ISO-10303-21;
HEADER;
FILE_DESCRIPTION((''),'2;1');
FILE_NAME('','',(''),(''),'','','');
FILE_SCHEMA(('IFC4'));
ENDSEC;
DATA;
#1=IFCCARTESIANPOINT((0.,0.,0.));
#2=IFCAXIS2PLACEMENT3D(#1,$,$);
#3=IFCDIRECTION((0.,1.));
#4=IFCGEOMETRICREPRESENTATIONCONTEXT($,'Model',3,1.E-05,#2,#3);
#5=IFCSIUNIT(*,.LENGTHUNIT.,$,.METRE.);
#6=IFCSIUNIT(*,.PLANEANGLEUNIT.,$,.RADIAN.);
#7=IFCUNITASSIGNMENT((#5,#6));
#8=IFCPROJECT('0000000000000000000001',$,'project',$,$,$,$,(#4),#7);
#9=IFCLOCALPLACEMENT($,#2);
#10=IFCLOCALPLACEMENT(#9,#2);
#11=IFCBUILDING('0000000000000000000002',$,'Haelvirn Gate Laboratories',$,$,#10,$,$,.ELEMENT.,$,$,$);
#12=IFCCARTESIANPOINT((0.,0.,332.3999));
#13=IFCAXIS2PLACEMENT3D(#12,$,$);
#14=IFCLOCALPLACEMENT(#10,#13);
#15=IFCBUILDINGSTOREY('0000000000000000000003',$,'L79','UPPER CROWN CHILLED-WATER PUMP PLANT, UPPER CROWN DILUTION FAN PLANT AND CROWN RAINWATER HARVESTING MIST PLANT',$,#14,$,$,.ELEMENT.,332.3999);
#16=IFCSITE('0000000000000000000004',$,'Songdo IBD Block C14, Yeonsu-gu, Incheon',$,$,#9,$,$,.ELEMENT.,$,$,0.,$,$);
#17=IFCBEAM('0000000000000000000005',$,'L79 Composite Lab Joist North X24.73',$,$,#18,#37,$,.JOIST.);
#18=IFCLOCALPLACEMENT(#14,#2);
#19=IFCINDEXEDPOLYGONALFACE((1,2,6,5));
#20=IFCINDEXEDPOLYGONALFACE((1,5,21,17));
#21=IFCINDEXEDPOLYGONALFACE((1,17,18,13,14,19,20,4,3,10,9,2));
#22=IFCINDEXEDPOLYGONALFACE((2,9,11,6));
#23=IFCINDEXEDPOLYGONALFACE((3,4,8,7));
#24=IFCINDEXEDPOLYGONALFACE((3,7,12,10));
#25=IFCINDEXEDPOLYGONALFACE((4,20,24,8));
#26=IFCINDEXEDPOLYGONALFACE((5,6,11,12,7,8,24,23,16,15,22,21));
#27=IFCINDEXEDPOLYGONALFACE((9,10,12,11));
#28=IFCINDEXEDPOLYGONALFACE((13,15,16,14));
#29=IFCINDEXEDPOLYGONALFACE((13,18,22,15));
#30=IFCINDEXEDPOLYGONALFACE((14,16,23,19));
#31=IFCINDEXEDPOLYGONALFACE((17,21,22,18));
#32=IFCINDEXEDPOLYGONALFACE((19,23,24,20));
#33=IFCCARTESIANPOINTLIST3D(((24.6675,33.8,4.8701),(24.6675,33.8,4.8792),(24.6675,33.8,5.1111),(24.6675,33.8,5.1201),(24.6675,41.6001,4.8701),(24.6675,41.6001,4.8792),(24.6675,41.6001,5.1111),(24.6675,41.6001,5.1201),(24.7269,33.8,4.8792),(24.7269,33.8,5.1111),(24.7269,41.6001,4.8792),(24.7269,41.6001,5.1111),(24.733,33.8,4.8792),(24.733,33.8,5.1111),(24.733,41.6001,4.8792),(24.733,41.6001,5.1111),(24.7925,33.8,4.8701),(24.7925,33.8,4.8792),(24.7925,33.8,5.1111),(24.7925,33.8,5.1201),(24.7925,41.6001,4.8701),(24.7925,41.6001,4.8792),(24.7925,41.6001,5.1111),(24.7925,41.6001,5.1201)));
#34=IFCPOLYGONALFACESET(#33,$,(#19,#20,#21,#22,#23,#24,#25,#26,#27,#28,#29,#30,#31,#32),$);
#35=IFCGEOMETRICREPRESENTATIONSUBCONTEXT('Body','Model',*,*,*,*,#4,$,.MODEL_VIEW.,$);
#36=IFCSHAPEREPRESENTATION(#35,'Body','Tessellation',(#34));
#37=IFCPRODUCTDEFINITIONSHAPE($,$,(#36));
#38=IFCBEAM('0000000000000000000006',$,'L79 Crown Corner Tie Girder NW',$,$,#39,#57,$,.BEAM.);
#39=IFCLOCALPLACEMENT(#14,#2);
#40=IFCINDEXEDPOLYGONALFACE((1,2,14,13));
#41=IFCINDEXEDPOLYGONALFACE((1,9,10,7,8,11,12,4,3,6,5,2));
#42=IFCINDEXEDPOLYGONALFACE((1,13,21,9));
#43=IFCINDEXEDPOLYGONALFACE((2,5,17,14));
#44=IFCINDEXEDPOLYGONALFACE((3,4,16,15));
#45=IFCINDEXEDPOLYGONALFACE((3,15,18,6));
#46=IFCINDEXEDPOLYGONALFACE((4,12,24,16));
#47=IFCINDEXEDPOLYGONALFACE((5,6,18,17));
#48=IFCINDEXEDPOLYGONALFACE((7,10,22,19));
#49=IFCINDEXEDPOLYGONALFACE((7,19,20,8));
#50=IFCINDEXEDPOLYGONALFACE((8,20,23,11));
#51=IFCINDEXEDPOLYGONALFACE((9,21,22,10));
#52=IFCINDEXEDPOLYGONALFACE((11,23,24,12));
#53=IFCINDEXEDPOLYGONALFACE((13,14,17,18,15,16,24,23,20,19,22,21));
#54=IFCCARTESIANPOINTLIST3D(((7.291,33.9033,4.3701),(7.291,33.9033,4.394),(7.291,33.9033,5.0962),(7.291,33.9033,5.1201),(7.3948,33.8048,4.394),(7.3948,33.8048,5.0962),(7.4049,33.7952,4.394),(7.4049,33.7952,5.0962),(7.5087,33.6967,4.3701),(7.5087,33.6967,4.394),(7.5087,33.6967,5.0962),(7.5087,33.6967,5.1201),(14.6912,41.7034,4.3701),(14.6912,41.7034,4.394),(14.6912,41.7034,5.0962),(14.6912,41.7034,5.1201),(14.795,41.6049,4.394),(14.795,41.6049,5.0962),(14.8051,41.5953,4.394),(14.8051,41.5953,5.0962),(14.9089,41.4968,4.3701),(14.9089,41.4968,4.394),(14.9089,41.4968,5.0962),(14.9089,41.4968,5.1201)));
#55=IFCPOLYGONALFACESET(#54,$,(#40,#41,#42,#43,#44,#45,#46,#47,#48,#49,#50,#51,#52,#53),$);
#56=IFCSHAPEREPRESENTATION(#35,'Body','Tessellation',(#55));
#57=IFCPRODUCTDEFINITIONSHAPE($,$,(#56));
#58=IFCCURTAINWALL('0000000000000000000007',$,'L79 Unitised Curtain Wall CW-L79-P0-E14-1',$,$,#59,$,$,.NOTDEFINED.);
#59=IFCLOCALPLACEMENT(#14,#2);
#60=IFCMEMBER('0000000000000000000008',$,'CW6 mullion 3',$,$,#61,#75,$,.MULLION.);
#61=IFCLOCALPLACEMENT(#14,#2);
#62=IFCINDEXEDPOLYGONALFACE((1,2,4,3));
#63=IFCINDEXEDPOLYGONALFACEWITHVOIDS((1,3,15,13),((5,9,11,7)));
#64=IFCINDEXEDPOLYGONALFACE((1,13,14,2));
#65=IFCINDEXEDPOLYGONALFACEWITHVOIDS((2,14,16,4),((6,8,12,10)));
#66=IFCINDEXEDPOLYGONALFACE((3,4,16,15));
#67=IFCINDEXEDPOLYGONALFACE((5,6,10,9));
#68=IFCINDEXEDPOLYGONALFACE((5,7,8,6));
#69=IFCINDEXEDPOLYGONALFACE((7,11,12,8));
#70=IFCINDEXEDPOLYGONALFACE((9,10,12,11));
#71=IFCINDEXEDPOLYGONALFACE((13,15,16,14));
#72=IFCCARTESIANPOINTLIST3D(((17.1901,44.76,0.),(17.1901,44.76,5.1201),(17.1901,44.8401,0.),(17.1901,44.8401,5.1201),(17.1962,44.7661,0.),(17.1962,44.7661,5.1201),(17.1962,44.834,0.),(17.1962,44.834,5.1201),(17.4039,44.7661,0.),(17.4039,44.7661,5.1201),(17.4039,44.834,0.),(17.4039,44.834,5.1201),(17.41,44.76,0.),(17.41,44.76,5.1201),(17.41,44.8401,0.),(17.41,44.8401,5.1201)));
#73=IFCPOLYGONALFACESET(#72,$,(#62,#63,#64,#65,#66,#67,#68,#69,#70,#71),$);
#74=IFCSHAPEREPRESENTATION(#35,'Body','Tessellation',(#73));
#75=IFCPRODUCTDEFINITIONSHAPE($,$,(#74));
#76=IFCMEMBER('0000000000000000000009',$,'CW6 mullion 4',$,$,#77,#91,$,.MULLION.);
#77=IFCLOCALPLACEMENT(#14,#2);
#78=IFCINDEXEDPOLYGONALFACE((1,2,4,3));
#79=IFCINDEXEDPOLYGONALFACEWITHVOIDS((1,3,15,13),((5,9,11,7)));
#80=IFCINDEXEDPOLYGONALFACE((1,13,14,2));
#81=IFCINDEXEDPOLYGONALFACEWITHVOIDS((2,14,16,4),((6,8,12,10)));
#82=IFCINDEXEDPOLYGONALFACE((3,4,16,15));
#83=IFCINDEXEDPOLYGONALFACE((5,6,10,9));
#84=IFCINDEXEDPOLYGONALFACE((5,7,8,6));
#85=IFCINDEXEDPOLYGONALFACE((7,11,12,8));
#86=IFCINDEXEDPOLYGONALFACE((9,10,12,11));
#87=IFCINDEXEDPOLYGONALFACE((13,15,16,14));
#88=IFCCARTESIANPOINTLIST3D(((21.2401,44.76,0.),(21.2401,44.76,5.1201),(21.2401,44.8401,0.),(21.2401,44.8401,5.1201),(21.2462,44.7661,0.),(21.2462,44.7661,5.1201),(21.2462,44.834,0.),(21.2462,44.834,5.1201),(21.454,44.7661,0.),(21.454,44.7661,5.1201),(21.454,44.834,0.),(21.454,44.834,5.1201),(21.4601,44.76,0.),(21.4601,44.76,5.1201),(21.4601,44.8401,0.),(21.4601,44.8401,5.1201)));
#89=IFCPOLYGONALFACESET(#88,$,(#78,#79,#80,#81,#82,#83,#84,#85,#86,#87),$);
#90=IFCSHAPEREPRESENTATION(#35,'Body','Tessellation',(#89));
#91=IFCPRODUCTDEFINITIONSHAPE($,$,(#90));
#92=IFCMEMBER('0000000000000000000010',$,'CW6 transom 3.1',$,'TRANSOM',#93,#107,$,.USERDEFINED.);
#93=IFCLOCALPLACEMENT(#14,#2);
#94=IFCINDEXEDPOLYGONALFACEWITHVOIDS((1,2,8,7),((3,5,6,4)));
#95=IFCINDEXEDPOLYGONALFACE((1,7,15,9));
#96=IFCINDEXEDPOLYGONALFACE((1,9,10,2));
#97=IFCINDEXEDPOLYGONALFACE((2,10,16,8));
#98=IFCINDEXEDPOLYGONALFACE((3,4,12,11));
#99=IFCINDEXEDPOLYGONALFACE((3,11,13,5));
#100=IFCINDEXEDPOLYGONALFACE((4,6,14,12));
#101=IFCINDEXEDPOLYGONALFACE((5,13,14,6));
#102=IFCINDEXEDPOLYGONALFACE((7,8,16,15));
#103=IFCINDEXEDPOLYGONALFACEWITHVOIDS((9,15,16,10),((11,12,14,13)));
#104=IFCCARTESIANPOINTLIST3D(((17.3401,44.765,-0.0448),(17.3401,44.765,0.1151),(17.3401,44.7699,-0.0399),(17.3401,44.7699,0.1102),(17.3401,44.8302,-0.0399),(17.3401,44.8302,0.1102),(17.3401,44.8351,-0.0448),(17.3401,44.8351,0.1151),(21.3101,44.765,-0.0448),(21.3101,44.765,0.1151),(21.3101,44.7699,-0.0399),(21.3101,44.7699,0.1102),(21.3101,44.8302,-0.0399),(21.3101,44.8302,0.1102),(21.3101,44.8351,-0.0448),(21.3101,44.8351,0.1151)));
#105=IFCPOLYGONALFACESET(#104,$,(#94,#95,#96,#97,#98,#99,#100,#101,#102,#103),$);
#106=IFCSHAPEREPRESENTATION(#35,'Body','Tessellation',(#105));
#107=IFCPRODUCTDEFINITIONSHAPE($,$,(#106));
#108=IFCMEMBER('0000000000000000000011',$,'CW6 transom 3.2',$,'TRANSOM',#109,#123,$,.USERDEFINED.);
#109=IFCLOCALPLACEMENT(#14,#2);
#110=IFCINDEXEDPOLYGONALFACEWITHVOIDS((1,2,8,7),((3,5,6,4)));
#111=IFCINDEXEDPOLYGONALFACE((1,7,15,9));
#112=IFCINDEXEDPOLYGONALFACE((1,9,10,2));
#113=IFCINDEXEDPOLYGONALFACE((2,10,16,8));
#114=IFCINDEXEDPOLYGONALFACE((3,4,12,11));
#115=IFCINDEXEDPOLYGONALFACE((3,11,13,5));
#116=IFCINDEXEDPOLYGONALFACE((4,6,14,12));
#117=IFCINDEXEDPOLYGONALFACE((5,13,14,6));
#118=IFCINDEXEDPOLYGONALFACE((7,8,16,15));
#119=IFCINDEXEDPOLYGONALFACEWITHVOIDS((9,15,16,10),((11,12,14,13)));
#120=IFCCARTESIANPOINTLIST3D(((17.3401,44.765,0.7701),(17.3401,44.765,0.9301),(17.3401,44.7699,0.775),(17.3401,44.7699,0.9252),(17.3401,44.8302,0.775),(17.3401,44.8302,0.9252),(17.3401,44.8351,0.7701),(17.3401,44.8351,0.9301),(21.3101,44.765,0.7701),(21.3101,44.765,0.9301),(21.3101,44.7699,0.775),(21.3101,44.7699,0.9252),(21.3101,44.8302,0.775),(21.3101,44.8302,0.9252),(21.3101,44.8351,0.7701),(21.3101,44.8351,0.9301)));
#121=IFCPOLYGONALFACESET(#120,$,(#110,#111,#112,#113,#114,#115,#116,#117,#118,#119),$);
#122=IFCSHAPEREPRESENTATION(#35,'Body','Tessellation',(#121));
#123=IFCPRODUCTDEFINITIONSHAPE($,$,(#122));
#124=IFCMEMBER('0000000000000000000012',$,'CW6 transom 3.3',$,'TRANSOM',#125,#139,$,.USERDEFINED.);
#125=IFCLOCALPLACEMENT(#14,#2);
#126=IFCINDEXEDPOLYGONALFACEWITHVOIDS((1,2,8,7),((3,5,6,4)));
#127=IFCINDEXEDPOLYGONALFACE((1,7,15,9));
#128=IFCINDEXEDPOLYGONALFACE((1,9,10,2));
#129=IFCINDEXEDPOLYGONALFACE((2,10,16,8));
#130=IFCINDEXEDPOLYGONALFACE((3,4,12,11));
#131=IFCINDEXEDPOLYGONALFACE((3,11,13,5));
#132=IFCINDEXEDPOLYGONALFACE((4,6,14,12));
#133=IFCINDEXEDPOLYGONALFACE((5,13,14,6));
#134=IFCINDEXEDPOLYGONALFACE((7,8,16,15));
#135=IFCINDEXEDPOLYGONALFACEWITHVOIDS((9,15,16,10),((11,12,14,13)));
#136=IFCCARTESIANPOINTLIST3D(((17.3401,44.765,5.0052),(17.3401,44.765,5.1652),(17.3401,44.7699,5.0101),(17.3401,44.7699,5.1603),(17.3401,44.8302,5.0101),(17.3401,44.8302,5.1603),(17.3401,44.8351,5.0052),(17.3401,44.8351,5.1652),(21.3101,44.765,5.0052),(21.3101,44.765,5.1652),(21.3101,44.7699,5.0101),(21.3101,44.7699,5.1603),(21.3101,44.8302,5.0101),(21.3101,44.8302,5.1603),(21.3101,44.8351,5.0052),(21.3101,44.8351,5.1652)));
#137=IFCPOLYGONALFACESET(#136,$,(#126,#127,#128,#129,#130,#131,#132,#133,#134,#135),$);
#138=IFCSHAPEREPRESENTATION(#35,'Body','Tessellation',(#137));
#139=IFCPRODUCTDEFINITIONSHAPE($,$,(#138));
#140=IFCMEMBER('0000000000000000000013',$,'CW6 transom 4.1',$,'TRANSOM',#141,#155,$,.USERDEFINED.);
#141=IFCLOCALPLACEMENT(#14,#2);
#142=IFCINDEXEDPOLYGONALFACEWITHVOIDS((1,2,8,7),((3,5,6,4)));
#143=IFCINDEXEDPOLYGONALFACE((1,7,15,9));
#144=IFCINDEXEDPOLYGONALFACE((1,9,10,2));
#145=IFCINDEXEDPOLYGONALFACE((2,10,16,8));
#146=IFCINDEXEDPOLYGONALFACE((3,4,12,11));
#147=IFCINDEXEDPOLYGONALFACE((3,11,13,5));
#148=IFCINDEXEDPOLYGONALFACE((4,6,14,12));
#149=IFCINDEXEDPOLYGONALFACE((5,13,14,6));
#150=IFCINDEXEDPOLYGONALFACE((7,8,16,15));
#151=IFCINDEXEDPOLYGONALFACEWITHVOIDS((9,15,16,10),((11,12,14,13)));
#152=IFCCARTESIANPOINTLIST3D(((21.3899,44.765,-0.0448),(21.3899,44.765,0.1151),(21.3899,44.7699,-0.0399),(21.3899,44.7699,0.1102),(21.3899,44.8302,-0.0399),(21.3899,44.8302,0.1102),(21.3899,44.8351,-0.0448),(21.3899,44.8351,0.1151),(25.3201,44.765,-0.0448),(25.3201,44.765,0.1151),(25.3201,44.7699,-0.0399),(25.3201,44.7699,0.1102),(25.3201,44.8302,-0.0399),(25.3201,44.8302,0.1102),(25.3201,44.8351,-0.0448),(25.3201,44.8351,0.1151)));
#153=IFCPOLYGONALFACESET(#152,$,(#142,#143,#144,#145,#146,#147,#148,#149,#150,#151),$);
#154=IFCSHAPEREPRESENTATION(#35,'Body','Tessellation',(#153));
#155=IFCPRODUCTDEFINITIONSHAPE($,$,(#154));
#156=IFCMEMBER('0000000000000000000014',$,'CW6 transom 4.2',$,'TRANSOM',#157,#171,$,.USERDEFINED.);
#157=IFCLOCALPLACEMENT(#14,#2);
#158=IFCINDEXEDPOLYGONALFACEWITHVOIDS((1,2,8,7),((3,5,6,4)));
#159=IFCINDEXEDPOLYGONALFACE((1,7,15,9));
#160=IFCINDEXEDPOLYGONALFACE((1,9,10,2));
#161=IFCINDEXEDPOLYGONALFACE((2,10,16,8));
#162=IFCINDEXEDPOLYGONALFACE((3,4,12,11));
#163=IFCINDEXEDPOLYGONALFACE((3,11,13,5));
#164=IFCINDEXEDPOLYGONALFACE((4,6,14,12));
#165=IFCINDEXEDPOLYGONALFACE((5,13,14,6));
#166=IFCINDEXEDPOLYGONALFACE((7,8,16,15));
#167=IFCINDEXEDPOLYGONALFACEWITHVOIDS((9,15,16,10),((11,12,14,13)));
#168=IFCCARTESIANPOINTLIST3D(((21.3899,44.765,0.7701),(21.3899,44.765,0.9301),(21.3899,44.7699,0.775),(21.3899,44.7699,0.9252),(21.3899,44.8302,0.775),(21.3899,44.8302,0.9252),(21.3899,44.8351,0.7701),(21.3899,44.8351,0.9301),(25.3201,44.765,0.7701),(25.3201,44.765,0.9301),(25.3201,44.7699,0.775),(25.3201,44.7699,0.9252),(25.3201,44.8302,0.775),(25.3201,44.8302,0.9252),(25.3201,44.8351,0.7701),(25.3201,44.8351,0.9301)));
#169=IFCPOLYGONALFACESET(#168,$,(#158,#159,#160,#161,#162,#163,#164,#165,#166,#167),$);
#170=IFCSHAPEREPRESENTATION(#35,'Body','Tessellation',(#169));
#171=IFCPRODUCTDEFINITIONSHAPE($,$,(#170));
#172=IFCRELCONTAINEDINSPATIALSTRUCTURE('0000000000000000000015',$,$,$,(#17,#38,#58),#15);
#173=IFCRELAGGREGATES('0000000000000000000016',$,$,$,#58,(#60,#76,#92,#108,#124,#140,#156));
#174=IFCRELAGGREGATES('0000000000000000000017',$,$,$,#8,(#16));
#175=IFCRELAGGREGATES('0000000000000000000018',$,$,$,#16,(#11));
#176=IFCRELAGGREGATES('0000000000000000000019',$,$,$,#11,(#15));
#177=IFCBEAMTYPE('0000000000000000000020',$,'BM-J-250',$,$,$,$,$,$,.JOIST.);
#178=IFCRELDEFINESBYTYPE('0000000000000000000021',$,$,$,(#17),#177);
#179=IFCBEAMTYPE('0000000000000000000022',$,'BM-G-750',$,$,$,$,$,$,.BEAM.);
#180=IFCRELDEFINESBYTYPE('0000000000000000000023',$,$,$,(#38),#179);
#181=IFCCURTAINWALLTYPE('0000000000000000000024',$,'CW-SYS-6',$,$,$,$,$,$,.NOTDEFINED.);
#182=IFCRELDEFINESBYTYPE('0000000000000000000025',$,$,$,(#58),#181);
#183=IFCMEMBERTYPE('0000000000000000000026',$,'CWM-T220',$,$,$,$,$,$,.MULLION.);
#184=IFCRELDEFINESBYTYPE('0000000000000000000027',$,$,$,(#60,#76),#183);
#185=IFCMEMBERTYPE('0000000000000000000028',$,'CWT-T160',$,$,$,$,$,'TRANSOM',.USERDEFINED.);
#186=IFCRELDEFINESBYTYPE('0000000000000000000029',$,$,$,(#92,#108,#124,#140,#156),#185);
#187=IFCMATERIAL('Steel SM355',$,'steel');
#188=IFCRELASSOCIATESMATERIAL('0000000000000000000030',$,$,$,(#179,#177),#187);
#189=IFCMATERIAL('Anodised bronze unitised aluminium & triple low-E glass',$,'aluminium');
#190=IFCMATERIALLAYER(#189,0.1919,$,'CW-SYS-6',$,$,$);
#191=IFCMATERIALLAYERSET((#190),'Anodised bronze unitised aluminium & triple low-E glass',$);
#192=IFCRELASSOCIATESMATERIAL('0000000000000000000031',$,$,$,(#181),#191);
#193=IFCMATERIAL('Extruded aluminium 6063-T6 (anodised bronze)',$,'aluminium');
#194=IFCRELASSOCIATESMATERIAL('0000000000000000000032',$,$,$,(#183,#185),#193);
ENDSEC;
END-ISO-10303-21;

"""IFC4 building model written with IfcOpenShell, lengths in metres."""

from ifc_helpers import new_model, si_unit, direction, frame, origin, origin_2d, place, context, subcontext, project, spatial, hollow_rectangle, i_section, extrude, source, transform, mapped, material, layer, layer_set, material_profile, profile_set, type_object, type_shapes, element, aggregate, save


model = new_model("IFC4")

# Units and contexts
model_context = context("Model", 3, precision=1e-05, world=origin(), true_north=direction((0.0, 1.0)))
body_context = subcontext(model_context, "Body", "Model", "MODEL_VIEW")
ifc_project = project(units=[si_unit("LENGTHUNIT", "METRE"), si_unit("PLANEANGLEUNIT", "RADIAN")], contexts=[model_context])

# Site, building, storey
site_placement = place(None, origin())
site = spatial("IfcSite", under=ifc_project, at=site_placement, Name="Songdo IBD Block C14, Yeonsu-gu, Incheon", CompositionType="ELEMENT", RefElevation=0.0)
building_placement = place(site_placement, origin())
building = spatial("IfcBuilding", under=site, at=building_placement, Name="Haelvirn Gate Laboratories", CompositionType="ELEMENT")
storey_placement = place(building_placement, frame((0.0, 0.0, 332.3999)))
storey = spatial("IfcBuildingStorey", under=building, at=storey_placement, Name="L79", Description="UPPER CROWN CHILLED-WATER PUMP PLANT, UPPER CROWN DILUTION FAN PLANT AND CROWN RAINWATER HARVESTING MIST PLANT", CompositionType="ELEMENT", Elevation=332.3999)

# Beams
ifc_material_1 = material(Name="Steel SM355", Category="steel")
ifc_material_profile_1 = material_profile(ifc_material_1, i_section(OverallWidth=0.3, OverallDepth=0.75, WebThickness=0.0139, FlangeThickness=0.0239, at=origin_2d()), Name="H-750x300x14x24")
ifc_profile_set_1 = profile_set([ifc_material_profile_1], Name="Steel SM355")
beam_type_1 = type_object("IfcBeamType", Name="BM-G-750", PredefinedType="BEAM", material=ifc_profile_set_1)
ifc_material_profile_2 = material_profile(ifc_material_1, i_section(OverallWidth=0.125, OverallDepth=0.25, WebThickness=0.0061, FlangeThickness=0.009, at=origin_2d()), Name="H-250x125x6x9")
ifc_profile_set_2 = profile_set([ifc_material_profile_2], Name="Steel SM355")
beam_type_2 = type_object("IfcBeamType", Name="BM-J-250", PredefinedType="JOIST", material=ifc_profile_set_2)
shared_shape_1 = source(origin(), body_context, "Body", "SweptSolid", [
    extrude(i_section(OverallWidth=0.125, OverallDepth=0.25, WebThickness=0.0061, FlangeThickness=0.009, at=origin_2d()), origin(), (0.0, 0.0, 1.0), 7.8),
])
type_shapes(beam_type_2, [shared_shape_1])
for number, where, z_axis, x_axis, name in (
    (1, (24.73, 33.8, 4.9951), (0.0, 1.0, 0.0), (-1.0, 0.0, 0.0), "L79 Composite Lab Joist North X24.73"),
):
    element("IfcBeam", number, at=place(storey_placement, frame(where, z_axis=z_axis, x_axis=x_axis)), inside=storey, type_object=beam_type_2, Name=name, PredefinedType="JOIST", context=body_context, shape_type="MappedRepresentation", body=[
        mapped(shared_shape_1, transform((0.0, 0.0, 0.0), scale=1.0)),
    ])
shared_shape_2 = source(origin(), body_context, "Body", "SweptSolid", [
    extrude(i_section(OverallWidth=0.3, OverallDepth=0.75, WebThickness=0.0139, FlangeThickness=0.0239, at=origin_2d()), origin(), (0.0, 0.0, 1.0), 10.752),
])
beam_1_placement = place(storey_placement, frame((14.8, 41.6001, 4.7451), z_axis=(-0.688265, -0.725459, 0.0), x_axis=(0.725459, -0.688265, 0.0)))
element("IfcBeam", 2, at=beam_1_placement, inside=storey, type_object=beam_type_1, Name="L79 Crown Corner Tie Girder NW", PredefinedType="BEAM", context=body_context, shape_type="MappedRepresentation", body=[
    mapped(shared_shape_2, transform((0.0, 0.0, 0.0), scale=1.0)),
])

# Curtain wall, members
ifc_material_2 = material(Name="Anodised bronze unitised aluminium & triple low-E glass", Category="aluminium")
ifc_layer_1 = layer(ifc_material_2, 0.1919, Name="CW-SYS-6")
ifc_layer_set_1 = layer_set([ifc_layer_1], Name="Anodised bronze unitised aluminium & triple low-E glass")
curtain_wall_type = type_object("IfcCurtainWallType", Name="CW-SYS-6", PredefinedType="NOTDEFINED", material=ifc_layer_set_1)
curtain_wall_placement = place(storey_placement, origin())
curtain_wall = element("IfcCurtainWall", 3, at=curtain_wall_placement, inside=storey, type_object=curtain_wall_type, Name="L79 Unitised Curtain Wall CW-L79-P0-E14-1", PredefinedType="NOTDEFINED")
ifc_material_3 = material(Name="Extruded aluminium 6063-T6 (anodised bronze)", Category="aluminium")
ifc_material_profile_3 = material_profile(ifc_material_3, hollow_rectangle(XDim=0.0801, YDim=0.22, WallThickness=0.0061, at=origin_2d()), Name="CWM-220x80x6")
ifc_profile_set_3 = profile_set([ifc_material_profile_3], Name="Extruded aluminium 6063-T6 (anodised bronze)")
member_type_1 = type_object("IfcMemberType", Name="CWM-T220", PredefinedType="MULLION", material=ifc_profile_set_3)
shared_shape_3 = source(origin(), body_context, "Body", "SweptSolid", [
    extrude(hollow_rectangle(XDim=0.0801, YDim=0.22, WallThickness=0.0061, at=origin_2d()), origin(), (0.0, 0.0, 1.0), 5.1201),
])
type_shapes(member_type_1, [shared_shape_3])
member_1_placement = place(storey_placement, frame((17.3, 44.8, 0.0), z_axis=(0.0, 0.0, 1.0), x_axis=(0.0, 1.0, 0.0)))
member_1 = element("IfcMember", 4, at=member_1_placement, type_object=member_type_1, Name="CW6 mullion 3", PredefinedType="MULLION", context=body_context, shape_type="MappedRepresentation", body=[
    mapped(shared_shape_3, transform((0.0, 0.0, 0.0), scale=1.0)),
])
member_2_placement = place(storey_placement, frame((21.3501, 44.8, 0.0), z_axis=(0.0, 0.0, 1.0), x_axis=(0.0, 1.0, 0.0)))
member_2 = element("IfcMember", 5, at=member_2_placement, type_object=member_type_1, Name="CW6 mullion 4", PredefinedType="MULLION", context=body_context, shape_type="MappedRepresentation", body=[
    mapped(shared_shape_3, transform((0.0, 0.0, 0.0), scale=1.0)),
])
ifc_material_profile_4 = material_profile(ifc_material_3, hollow_rectangle(XDim=0.0701, YDim=0.1599, WallThickness=0.0049, at=origin_2d()), Name="CWT-160x70x5")
ifc_profile_set_4 = profile_set([ifc_material_profile_4], Name="Extruded aluminium 6063-T6 (anodised bronze)")
member_type_2 = type_object("IfcMemberType", Name="CWT-T160", ElementType="TRANSOM", PredefinedType="USERDEFINED", material=ifc_profile_set_4)
shared_shape_4 = source(origin(), body_context, "Body", "SweptSolid", [
    extrude(hollow_rectangle(XDim=0.0701, YDim=0.1599, WallThickness=0.0049, at=origin_2d()), origin(), (0.0, 0.0, 1.0), 3.97),
])
member_3_placement = place(storey_placement, frame((17.3401, 44.8, 0.0352), z_axis=(1.0, 0.0, 0.0), x_axis=(0.0, 1.0, 0.0)))
member_3 = element("IfcMember", 6, at=member_3_placement, type_object=member_type_2, Name="CW6 transom 3.1", ObjectType="TRANSOM", PredefinedType="USERDEFINED", context=body_context, shape_type="MappedRepresentation", body=[
    mapped(shared_shape_4, transform((0.0, 0.0, 0.0), scale=1.0)),
])
member_4_placement = place(storey_placement, frame((17.3401, 44.8, 0.8501), z_axis=(1.0, 0.0, 0.0), x_axis=(0.0, 1.0, 0.0)))
member_4 = element("IfcMember", 7, at=member_4_placement, type_object=member_type_2, Name="CW6 transom 3.2", ObjectType="TRANSOM", PredefinedType="USERDEFINED", context=body_context, shape_type="MappedRepresentation", body=[
    mapped(shared_shape_4, transform((0.0, 0.0, 0.0), scale=1.0)),
])
member_5_placement = place(storey_placement, frame((17.3401, 44.8, 5.0852), z_axis=(1.0, 0.0, 0.0), x_axis=(0.0, 1.0, 0.0)))
member_5 = element("IfcMember", 8, at=member_5_placement, type_object=member_type_2, Name="CW6 transom 3.3", ObjectType="TRANSOM", PredefinedType="USERDEFINED", context=body_context, shape_type="MappedRepresentation", body=[
    mapped(shared_shape_4, transform((0.0, 0.0, 0.0), scale=1.0)),
])
shared_shape_5 = source(origin(), body_context, "Body", "SweptSolid", [
    extrude(hollow_rectangle(XDim=0.0701, YDim=0.1599, WallThickness=0.0049, at=origin_2d()), origin(), (0.0, 0.0, 1.0), 3.9302),
])
type_shapes(member_type_2, [shared_shape_4, shared_shape_5])
member_6_placement = place(storey_placement, frame((21.3899, 44.8, 0.0352), z_axis=(1.0, 0.0, 0.0), x_axis=(0.0, 1.0, 0.0)))
member_6 = element("IfcMember", 9, at=member_6_placement, type_object=member_type_2, Name="CW6 transom 4.1", ObjectType="TRANSOM", PredefinedType="USERDEFINED", context=body_context, shape_type="MappedRepresentation", body=[
    mapped(shared_shape_5, transform((0.0, 0.0, 0.0), scale=1.0)),
])
member_7_placement = place(storey_placement, frame((21.3899, 44.8, 0.8501), z_axis=(1.0, 0.0, 0.0), x_axis=(0.0, 1.0, 0.0)))
member_7 = element("IfcMember", 10, at=member_7_placement, type_object=member_type_2, Name="CW6 transom 4.2", ObjectType="TRANSOM", PredefinedType="USERDEFINED", context=body_context, shape_type="MappedRepresentation", body=[
    mapped(shared_shape_5, transform((0.0, 0.0, 0.0), scale=1.0)),
])
aggregate(curtain_wall, [member_1, member_2, member_3, member_4, member_5, member_6, member_7])

save(model, "model.ifc")
